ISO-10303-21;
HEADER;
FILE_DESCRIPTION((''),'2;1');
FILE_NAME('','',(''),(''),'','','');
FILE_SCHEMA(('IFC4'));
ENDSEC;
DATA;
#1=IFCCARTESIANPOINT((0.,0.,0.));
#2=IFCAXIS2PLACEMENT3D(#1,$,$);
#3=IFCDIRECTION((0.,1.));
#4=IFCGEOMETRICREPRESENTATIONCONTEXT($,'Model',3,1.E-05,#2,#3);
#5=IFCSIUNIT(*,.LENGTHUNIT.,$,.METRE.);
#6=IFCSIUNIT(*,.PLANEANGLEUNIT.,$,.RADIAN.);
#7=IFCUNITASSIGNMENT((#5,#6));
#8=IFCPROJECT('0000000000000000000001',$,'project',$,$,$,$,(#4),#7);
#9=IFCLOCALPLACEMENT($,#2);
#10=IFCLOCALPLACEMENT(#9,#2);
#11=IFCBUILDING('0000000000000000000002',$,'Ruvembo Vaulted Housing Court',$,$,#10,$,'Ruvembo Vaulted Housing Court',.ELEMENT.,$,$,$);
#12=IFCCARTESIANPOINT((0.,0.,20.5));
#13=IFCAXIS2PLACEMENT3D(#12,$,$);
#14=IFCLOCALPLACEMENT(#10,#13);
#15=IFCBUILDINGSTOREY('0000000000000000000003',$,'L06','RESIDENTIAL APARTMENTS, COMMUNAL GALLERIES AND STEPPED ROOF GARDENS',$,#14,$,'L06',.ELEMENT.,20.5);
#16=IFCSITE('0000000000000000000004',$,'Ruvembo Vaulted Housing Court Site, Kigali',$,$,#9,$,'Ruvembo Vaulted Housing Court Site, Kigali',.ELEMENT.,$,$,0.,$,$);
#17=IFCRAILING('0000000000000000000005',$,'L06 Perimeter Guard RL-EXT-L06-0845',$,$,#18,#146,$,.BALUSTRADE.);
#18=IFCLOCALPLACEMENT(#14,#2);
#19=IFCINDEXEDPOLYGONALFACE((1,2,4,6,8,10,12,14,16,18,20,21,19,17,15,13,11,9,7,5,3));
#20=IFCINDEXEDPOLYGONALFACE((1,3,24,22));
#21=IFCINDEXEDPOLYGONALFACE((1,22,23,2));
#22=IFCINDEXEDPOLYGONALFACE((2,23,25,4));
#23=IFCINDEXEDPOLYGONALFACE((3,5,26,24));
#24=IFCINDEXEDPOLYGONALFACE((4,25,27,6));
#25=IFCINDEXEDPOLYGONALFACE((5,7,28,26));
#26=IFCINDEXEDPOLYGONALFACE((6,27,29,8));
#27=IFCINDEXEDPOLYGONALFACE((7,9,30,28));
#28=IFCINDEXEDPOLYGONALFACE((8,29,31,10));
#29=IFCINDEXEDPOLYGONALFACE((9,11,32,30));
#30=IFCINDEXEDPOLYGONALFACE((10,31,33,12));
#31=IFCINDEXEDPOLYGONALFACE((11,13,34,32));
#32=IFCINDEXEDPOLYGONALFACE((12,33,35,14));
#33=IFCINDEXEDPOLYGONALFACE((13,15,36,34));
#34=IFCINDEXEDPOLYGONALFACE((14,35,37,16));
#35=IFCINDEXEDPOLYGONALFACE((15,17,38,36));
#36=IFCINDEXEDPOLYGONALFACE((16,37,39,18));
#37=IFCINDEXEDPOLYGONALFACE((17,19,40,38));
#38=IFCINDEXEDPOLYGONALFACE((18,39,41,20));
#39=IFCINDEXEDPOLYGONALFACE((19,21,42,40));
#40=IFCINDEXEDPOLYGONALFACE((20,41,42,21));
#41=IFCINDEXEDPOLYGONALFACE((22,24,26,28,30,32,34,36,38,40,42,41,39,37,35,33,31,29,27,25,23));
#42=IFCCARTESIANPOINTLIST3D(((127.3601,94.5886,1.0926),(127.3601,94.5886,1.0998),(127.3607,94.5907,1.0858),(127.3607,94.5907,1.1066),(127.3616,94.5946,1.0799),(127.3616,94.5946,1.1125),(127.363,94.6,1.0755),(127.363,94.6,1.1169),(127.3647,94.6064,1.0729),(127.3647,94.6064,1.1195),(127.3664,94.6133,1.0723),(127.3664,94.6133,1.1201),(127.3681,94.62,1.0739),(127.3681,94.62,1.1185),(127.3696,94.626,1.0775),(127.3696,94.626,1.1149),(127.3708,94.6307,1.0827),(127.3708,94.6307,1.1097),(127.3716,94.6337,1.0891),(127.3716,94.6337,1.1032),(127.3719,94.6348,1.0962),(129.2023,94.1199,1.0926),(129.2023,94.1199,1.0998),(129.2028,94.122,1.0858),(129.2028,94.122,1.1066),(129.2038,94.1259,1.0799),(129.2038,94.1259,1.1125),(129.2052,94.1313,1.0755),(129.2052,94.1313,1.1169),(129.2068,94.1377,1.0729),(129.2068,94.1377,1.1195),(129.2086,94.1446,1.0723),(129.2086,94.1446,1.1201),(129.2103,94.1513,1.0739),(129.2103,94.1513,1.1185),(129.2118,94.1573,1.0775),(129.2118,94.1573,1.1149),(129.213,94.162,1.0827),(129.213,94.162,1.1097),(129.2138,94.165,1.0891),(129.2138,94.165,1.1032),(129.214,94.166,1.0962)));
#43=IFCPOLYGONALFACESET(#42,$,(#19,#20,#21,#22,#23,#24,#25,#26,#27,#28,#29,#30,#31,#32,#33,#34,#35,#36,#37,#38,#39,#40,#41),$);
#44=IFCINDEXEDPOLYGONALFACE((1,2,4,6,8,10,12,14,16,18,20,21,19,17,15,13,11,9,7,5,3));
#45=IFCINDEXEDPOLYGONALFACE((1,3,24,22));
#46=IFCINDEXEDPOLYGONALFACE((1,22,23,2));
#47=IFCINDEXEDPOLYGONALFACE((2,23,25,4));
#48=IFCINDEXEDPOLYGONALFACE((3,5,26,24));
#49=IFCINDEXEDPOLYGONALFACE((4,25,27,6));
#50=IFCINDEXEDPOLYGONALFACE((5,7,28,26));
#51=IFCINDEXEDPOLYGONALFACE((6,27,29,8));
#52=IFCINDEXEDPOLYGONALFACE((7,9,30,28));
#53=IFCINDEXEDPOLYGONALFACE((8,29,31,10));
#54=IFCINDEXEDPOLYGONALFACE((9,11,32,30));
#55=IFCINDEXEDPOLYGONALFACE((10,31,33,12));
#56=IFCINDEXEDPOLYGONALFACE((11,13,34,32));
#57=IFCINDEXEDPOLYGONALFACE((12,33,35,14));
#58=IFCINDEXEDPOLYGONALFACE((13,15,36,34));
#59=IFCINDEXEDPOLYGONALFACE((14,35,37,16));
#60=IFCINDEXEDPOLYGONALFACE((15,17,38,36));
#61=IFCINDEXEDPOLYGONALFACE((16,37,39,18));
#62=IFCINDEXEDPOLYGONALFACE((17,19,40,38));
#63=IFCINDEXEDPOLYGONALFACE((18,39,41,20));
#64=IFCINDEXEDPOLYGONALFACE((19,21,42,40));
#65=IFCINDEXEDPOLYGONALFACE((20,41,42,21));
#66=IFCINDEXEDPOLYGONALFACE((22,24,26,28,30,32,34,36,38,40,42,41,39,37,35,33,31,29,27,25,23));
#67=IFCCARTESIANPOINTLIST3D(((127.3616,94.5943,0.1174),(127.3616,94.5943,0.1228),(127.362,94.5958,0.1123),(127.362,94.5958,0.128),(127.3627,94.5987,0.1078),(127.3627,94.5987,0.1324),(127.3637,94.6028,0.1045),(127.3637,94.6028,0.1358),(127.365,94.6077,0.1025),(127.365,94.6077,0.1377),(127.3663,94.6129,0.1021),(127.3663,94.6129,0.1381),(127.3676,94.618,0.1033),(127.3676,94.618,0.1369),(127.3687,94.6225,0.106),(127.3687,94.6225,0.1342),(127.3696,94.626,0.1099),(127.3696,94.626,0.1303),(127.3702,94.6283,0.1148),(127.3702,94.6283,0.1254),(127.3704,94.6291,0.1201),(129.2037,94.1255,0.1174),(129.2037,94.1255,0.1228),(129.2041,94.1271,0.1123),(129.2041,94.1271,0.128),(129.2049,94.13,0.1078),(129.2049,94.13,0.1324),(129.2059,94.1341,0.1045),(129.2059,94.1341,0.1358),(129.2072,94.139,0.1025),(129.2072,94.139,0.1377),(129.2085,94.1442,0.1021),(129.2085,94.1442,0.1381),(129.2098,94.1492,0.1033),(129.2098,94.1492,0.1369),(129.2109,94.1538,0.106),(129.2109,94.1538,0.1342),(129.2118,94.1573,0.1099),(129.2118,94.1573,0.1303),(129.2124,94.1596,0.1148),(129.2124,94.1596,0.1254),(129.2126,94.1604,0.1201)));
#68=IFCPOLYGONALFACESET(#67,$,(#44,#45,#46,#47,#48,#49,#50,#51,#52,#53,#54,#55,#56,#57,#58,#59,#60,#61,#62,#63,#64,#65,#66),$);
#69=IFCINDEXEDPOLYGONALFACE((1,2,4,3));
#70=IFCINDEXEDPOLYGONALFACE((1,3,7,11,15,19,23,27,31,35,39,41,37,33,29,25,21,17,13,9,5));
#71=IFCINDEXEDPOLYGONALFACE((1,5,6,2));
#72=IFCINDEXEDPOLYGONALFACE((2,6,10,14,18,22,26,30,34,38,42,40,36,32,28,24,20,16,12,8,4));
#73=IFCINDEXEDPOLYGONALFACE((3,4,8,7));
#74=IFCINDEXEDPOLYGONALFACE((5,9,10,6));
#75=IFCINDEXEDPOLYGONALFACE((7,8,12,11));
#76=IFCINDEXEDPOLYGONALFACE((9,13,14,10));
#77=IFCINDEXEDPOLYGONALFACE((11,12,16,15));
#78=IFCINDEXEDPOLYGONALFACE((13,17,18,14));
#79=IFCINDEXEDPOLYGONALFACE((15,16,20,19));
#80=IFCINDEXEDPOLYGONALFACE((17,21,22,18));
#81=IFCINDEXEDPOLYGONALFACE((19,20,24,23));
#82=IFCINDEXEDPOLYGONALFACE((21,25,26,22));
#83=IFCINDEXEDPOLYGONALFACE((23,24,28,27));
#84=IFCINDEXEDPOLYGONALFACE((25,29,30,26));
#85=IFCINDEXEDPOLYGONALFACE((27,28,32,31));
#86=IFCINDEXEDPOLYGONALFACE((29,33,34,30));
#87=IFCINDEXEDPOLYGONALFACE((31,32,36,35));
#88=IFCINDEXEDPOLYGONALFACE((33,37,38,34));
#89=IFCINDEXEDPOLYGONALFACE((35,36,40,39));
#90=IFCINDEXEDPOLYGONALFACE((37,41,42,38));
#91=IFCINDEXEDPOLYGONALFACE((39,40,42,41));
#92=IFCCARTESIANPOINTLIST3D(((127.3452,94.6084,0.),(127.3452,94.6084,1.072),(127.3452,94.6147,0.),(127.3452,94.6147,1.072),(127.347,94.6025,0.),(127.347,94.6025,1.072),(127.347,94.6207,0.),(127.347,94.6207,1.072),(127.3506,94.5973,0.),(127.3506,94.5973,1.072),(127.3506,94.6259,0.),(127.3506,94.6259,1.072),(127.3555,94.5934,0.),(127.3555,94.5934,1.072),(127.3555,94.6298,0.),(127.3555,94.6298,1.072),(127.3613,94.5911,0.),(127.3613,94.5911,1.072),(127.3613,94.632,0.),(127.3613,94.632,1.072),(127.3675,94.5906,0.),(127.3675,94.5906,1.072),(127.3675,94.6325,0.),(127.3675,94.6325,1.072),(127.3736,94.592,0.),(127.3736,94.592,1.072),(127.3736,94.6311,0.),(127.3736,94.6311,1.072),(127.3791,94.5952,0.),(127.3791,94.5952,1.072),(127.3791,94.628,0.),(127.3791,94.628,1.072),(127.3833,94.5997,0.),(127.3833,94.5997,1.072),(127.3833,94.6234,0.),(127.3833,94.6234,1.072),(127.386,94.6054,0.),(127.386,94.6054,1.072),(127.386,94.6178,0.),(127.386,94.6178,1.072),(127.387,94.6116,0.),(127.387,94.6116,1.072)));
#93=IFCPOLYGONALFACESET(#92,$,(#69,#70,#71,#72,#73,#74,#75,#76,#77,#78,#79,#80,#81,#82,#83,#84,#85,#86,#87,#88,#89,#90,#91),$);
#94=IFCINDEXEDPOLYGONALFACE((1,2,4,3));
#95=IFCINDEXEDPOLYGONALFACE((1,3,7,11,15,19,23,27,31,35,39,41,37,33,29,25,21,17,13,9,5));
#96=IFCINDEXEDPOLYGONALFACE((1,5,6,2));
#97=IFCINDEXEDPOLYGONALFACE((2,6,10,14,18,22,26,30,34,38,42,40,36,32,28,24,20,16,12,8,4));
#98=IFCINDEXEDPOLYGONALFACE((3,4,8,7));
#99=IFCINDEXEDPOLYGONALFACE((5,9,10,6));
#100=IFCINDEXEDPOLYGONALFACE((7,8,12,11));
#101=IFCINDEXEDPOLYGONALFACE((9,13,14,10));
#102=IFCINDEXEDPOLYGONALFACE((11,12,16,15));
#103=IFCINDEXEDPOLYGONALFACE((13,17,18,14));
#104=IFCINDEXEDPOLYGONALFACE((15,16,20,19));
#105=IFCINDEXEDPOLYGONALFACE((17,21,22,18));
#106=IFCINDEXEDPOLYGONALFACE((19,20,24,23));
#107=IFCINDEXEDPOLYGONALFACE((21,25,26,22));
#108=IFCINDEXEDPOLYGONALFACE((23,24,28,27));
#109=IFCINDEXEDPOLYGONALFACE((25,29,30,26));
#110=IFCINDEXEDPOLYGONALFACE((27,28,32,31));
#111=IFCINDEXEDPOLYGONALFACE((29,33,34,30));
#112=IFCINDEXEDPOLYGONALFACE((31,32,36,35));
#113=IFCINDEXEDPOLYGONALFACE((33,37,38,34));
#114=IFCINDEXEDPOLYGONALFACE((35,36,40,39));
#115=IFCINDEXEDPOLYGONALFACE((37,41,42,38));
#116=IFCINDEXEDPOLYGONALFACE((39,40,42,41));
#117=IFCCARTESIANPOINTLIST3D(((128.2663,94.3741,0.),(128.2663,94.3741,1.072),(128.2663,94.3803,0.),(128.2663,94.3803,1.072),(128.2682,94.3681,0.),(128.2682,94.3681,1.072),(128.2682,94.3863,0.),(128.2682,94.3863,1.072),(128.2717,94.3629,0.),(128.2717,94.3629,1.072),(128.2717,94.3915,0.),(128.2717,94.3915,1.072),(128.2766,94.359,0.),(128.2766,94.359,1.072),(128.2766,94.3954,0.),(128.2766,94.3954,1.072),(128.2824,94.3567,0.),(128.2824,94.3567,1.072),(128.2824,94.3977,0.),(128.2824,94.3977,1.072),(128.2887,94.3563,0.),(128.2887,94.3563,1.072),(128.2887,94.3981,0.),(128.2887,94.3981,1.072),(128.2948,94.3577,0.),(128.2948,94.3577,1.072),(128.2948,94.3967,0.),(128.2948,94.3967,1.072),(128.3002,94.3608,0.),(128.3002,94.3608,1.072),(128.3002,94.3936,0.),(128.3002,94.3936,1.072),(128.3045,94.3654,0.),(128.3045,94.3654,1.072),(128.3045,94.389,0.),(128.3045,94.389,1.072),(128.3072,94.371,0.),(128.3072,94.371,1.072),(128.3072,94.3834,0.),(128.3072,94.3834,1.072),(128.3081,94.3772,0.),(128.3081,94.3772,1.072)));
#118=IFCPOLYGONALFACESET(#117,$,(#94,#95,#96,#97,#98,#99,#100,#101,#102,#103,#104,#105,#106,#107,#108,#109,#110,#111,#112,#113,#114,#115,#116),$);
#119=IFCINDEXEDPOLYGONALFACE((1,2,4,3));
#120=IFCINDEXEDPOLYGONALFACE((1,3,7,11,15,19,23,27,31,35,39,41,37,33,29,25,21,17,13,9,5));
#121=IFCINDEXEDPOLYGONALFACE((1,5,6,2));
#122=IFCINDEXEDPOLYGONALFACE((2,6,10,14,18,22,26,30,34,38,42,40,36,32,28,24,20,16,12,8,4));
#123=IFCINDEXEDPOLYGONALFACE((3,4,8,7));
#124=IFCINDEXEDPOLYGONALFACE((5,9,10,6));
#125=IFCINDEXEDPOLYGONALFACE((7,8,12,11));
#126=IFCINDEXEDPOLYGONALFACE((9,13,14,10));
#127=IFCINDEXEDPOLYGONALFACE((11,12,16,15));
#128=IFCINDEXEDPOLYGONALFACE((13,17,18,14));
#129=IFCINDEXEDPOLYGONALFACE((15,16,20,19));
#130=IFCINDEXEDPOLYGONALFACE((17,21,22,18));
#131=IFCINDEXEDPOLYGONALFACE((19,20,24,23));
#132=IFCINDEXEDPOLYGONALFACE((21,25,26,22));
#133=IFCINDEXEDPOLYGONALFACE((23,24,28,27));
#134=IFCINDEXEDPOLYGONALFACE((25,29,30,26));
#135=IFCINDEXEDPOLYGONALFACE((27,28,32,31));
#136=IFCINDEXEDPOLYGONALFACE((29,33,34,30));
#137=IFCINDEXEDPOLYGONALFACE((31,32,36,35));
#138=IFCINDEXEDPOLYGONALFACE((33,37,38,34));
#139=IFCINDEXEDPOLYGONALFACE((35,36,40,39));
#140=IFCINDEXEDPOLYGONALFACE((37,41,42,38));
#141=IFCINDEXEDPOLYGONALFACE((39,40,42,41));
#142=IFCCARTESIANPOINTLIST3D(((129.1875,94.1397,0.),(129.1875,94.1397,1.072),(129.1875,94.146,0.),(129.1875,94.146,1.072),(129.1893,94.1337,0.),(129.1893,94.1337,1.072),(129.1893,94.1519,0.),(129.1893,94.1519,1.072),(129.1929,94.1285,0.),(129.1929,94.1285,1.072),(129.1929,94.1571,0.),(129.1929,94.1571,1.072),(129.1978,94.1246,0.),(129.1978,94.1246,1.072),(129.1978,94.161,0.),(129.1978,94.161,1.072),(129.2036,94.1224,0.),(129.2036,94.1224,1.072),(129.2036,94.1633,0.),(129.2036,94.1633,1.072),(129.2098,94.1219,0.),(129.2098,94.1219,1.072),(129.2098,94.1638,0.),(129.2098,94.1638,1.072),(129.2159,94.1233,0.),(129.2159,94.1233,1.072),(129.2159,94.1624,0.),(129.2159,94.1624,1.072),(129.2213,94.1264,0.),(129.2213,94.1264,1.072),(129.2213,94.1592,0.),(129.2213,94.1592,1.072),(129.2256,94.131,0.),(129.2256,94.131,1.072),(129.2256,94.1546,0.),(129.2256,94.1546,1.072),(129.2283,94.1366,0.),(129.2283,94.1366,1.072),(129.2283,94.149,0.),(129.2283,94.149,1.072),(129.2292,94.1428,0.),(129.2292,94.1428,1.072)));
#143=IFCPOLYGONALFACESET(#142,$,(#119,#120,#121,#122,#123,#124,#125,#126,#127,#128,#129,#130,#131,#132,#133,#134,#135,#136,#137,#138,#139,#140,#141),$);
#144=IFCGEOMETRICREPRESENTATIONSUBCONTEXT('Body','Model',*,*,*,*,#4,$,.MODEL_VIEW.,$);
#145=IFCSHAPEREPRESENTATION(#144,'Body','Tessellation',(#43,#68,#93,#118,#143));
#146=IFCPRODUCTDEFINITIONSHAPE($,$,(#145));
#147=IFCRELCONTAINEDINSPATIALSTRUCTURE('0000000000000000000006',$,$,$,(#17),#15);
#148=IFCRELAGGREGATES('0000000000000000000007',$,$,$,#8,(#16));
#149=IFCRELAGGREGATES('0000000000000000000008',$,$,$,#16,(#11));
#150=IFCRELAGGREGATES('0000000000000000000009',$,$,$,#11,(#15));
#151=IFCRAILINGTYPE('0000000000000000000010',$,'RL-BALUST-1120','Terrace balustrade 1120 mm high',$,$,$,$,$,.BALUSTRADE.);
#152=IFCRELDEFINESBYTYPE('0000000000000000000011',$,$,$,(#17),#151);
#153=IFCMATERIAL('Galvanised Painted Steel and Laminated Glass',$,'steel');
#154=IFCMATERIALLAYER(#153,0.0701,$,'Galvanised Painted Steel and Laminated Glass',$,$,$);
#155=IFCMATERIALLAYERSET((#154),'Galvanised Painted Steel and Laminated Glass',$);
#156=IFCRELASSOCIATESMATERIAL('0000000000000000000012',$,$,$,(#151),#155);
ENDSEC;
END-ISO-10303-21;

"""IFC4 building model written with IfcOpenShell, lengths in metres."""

from ifc_helpers import new_model, si_unit, direction, frame, origin, origin_2d, place, context, subcontext, project, spatial, circle, extrude, material, layer, layer_set, type_object, element, save


model = new_model("IFC4")

# Units and contexts
model_context = context("Model", 3, precision=1e-05, world=origin(), true_north=direction((0.0, 1.0)))
body_context = subcontext(model_context, "Body", "Model", "MODEL_VIEW")
ifc_project = project(units=[si_unit("LENGTHUNIT", "METRE"), si_unit("PLANEANGLEUNIT", "RADIAN")], contexts=[model_context])

# Site, building, storey
site_placement = place(None, origin())
site = spatial("IfcSite", under=ifc_project, at=site_placement, Name="Ruvembo Vaulted Housing Court Site, Kigali", LongName="Ruvembo Vaulted Housing Court Site, Kigali", CompositionType="ELEMENT", RefElevation=0.0)
building_placement = place(site_placement, origin())
building = spatial("IfcBuilding", under=site, at=building_placement, Name="Ruvembo Vaulted Housing Court", LongName="Ruvembo Vaulted Housing Court", CompositionType="ELEMENT")
storey_placement = place(building_placement, frame((0.0, 0.0, 20.5)))
storey = spatial("IfcBuildingStorey", under=building, at=storey_placement, Name="L06", Description="RESIDENTIAL APARTMENTS, COMMUNAL GALLERIES AND STEPPED ROOF GARDENS", LongName="L06", CompositionType="ELEMENT", Elevation=20.5)

# Railing
ifc_material_1 = material(Name="Galvanised Painted Steel and Laminated Glass", Category="steel")
ifc_layer = layer(ifc_material_1, 0.0701, Name="Galvanised Painted Steel and Laminated Glass")
ifc_layer_set = layer_set([ifc_layer], Name="Galvanised Painted Steel and Laminated Glass")
railing_type = type_object("IfcRailingType", Name="RL-BALUST-1120", Description="Terrace balustrade 1120 mm high", PredefinedType="BALUSTRADE", material=ifc_layer_set)
railing_1_placement = place(storey_placement, frame((127.366, 94.6116, 0.0)))
element("IfcRailing", 1, at=railing_1_placement, inside=storey, type_object=railing_type, Name="L06 Perimeter Guard RL-EXT-L06-0845", PredefinedType="BALUSTRADE", context=body_context, shape_type="SweptSolid", body=[
    extrude(circle(Radius=0.0239, at=origin_2d()), frame((0.0, 0.0, 1.0962), z_axis=(0.969122, -0.246583, 0.0), x_axis=(0.246583, 0.969122, 0.0)), (0.0, 0.0, 1.0), 1.9009),
    extrude(circle(Radius=0.0181, at=origin_2d()), frame((0.0, 0.0, 0.1201), z_axis=(0.969122, -0.246583, 0.0), x_axis=(0.246583, 0.969122, 0.0)), (0.0, 0.0, 1.0), 1.9009),
    extrude(circle(Radius=0.021, at=origin_2d()), origin(), (0.0, 0.0, 1.0), 1.072),
    extrude(circle(Radius=0.021, at=origin_2d()), frame((0.9211, -0.2344, 0.0)), (0.0, 0.0, 1.0), 1.072),
    extrude(circle(Radius=0.021, at=origin_2d()), frame((1.8423, -0.4688, 0.0)), (0.0, 0.0, 1.0), 1.072),
])

save(model, "model.ifc")
